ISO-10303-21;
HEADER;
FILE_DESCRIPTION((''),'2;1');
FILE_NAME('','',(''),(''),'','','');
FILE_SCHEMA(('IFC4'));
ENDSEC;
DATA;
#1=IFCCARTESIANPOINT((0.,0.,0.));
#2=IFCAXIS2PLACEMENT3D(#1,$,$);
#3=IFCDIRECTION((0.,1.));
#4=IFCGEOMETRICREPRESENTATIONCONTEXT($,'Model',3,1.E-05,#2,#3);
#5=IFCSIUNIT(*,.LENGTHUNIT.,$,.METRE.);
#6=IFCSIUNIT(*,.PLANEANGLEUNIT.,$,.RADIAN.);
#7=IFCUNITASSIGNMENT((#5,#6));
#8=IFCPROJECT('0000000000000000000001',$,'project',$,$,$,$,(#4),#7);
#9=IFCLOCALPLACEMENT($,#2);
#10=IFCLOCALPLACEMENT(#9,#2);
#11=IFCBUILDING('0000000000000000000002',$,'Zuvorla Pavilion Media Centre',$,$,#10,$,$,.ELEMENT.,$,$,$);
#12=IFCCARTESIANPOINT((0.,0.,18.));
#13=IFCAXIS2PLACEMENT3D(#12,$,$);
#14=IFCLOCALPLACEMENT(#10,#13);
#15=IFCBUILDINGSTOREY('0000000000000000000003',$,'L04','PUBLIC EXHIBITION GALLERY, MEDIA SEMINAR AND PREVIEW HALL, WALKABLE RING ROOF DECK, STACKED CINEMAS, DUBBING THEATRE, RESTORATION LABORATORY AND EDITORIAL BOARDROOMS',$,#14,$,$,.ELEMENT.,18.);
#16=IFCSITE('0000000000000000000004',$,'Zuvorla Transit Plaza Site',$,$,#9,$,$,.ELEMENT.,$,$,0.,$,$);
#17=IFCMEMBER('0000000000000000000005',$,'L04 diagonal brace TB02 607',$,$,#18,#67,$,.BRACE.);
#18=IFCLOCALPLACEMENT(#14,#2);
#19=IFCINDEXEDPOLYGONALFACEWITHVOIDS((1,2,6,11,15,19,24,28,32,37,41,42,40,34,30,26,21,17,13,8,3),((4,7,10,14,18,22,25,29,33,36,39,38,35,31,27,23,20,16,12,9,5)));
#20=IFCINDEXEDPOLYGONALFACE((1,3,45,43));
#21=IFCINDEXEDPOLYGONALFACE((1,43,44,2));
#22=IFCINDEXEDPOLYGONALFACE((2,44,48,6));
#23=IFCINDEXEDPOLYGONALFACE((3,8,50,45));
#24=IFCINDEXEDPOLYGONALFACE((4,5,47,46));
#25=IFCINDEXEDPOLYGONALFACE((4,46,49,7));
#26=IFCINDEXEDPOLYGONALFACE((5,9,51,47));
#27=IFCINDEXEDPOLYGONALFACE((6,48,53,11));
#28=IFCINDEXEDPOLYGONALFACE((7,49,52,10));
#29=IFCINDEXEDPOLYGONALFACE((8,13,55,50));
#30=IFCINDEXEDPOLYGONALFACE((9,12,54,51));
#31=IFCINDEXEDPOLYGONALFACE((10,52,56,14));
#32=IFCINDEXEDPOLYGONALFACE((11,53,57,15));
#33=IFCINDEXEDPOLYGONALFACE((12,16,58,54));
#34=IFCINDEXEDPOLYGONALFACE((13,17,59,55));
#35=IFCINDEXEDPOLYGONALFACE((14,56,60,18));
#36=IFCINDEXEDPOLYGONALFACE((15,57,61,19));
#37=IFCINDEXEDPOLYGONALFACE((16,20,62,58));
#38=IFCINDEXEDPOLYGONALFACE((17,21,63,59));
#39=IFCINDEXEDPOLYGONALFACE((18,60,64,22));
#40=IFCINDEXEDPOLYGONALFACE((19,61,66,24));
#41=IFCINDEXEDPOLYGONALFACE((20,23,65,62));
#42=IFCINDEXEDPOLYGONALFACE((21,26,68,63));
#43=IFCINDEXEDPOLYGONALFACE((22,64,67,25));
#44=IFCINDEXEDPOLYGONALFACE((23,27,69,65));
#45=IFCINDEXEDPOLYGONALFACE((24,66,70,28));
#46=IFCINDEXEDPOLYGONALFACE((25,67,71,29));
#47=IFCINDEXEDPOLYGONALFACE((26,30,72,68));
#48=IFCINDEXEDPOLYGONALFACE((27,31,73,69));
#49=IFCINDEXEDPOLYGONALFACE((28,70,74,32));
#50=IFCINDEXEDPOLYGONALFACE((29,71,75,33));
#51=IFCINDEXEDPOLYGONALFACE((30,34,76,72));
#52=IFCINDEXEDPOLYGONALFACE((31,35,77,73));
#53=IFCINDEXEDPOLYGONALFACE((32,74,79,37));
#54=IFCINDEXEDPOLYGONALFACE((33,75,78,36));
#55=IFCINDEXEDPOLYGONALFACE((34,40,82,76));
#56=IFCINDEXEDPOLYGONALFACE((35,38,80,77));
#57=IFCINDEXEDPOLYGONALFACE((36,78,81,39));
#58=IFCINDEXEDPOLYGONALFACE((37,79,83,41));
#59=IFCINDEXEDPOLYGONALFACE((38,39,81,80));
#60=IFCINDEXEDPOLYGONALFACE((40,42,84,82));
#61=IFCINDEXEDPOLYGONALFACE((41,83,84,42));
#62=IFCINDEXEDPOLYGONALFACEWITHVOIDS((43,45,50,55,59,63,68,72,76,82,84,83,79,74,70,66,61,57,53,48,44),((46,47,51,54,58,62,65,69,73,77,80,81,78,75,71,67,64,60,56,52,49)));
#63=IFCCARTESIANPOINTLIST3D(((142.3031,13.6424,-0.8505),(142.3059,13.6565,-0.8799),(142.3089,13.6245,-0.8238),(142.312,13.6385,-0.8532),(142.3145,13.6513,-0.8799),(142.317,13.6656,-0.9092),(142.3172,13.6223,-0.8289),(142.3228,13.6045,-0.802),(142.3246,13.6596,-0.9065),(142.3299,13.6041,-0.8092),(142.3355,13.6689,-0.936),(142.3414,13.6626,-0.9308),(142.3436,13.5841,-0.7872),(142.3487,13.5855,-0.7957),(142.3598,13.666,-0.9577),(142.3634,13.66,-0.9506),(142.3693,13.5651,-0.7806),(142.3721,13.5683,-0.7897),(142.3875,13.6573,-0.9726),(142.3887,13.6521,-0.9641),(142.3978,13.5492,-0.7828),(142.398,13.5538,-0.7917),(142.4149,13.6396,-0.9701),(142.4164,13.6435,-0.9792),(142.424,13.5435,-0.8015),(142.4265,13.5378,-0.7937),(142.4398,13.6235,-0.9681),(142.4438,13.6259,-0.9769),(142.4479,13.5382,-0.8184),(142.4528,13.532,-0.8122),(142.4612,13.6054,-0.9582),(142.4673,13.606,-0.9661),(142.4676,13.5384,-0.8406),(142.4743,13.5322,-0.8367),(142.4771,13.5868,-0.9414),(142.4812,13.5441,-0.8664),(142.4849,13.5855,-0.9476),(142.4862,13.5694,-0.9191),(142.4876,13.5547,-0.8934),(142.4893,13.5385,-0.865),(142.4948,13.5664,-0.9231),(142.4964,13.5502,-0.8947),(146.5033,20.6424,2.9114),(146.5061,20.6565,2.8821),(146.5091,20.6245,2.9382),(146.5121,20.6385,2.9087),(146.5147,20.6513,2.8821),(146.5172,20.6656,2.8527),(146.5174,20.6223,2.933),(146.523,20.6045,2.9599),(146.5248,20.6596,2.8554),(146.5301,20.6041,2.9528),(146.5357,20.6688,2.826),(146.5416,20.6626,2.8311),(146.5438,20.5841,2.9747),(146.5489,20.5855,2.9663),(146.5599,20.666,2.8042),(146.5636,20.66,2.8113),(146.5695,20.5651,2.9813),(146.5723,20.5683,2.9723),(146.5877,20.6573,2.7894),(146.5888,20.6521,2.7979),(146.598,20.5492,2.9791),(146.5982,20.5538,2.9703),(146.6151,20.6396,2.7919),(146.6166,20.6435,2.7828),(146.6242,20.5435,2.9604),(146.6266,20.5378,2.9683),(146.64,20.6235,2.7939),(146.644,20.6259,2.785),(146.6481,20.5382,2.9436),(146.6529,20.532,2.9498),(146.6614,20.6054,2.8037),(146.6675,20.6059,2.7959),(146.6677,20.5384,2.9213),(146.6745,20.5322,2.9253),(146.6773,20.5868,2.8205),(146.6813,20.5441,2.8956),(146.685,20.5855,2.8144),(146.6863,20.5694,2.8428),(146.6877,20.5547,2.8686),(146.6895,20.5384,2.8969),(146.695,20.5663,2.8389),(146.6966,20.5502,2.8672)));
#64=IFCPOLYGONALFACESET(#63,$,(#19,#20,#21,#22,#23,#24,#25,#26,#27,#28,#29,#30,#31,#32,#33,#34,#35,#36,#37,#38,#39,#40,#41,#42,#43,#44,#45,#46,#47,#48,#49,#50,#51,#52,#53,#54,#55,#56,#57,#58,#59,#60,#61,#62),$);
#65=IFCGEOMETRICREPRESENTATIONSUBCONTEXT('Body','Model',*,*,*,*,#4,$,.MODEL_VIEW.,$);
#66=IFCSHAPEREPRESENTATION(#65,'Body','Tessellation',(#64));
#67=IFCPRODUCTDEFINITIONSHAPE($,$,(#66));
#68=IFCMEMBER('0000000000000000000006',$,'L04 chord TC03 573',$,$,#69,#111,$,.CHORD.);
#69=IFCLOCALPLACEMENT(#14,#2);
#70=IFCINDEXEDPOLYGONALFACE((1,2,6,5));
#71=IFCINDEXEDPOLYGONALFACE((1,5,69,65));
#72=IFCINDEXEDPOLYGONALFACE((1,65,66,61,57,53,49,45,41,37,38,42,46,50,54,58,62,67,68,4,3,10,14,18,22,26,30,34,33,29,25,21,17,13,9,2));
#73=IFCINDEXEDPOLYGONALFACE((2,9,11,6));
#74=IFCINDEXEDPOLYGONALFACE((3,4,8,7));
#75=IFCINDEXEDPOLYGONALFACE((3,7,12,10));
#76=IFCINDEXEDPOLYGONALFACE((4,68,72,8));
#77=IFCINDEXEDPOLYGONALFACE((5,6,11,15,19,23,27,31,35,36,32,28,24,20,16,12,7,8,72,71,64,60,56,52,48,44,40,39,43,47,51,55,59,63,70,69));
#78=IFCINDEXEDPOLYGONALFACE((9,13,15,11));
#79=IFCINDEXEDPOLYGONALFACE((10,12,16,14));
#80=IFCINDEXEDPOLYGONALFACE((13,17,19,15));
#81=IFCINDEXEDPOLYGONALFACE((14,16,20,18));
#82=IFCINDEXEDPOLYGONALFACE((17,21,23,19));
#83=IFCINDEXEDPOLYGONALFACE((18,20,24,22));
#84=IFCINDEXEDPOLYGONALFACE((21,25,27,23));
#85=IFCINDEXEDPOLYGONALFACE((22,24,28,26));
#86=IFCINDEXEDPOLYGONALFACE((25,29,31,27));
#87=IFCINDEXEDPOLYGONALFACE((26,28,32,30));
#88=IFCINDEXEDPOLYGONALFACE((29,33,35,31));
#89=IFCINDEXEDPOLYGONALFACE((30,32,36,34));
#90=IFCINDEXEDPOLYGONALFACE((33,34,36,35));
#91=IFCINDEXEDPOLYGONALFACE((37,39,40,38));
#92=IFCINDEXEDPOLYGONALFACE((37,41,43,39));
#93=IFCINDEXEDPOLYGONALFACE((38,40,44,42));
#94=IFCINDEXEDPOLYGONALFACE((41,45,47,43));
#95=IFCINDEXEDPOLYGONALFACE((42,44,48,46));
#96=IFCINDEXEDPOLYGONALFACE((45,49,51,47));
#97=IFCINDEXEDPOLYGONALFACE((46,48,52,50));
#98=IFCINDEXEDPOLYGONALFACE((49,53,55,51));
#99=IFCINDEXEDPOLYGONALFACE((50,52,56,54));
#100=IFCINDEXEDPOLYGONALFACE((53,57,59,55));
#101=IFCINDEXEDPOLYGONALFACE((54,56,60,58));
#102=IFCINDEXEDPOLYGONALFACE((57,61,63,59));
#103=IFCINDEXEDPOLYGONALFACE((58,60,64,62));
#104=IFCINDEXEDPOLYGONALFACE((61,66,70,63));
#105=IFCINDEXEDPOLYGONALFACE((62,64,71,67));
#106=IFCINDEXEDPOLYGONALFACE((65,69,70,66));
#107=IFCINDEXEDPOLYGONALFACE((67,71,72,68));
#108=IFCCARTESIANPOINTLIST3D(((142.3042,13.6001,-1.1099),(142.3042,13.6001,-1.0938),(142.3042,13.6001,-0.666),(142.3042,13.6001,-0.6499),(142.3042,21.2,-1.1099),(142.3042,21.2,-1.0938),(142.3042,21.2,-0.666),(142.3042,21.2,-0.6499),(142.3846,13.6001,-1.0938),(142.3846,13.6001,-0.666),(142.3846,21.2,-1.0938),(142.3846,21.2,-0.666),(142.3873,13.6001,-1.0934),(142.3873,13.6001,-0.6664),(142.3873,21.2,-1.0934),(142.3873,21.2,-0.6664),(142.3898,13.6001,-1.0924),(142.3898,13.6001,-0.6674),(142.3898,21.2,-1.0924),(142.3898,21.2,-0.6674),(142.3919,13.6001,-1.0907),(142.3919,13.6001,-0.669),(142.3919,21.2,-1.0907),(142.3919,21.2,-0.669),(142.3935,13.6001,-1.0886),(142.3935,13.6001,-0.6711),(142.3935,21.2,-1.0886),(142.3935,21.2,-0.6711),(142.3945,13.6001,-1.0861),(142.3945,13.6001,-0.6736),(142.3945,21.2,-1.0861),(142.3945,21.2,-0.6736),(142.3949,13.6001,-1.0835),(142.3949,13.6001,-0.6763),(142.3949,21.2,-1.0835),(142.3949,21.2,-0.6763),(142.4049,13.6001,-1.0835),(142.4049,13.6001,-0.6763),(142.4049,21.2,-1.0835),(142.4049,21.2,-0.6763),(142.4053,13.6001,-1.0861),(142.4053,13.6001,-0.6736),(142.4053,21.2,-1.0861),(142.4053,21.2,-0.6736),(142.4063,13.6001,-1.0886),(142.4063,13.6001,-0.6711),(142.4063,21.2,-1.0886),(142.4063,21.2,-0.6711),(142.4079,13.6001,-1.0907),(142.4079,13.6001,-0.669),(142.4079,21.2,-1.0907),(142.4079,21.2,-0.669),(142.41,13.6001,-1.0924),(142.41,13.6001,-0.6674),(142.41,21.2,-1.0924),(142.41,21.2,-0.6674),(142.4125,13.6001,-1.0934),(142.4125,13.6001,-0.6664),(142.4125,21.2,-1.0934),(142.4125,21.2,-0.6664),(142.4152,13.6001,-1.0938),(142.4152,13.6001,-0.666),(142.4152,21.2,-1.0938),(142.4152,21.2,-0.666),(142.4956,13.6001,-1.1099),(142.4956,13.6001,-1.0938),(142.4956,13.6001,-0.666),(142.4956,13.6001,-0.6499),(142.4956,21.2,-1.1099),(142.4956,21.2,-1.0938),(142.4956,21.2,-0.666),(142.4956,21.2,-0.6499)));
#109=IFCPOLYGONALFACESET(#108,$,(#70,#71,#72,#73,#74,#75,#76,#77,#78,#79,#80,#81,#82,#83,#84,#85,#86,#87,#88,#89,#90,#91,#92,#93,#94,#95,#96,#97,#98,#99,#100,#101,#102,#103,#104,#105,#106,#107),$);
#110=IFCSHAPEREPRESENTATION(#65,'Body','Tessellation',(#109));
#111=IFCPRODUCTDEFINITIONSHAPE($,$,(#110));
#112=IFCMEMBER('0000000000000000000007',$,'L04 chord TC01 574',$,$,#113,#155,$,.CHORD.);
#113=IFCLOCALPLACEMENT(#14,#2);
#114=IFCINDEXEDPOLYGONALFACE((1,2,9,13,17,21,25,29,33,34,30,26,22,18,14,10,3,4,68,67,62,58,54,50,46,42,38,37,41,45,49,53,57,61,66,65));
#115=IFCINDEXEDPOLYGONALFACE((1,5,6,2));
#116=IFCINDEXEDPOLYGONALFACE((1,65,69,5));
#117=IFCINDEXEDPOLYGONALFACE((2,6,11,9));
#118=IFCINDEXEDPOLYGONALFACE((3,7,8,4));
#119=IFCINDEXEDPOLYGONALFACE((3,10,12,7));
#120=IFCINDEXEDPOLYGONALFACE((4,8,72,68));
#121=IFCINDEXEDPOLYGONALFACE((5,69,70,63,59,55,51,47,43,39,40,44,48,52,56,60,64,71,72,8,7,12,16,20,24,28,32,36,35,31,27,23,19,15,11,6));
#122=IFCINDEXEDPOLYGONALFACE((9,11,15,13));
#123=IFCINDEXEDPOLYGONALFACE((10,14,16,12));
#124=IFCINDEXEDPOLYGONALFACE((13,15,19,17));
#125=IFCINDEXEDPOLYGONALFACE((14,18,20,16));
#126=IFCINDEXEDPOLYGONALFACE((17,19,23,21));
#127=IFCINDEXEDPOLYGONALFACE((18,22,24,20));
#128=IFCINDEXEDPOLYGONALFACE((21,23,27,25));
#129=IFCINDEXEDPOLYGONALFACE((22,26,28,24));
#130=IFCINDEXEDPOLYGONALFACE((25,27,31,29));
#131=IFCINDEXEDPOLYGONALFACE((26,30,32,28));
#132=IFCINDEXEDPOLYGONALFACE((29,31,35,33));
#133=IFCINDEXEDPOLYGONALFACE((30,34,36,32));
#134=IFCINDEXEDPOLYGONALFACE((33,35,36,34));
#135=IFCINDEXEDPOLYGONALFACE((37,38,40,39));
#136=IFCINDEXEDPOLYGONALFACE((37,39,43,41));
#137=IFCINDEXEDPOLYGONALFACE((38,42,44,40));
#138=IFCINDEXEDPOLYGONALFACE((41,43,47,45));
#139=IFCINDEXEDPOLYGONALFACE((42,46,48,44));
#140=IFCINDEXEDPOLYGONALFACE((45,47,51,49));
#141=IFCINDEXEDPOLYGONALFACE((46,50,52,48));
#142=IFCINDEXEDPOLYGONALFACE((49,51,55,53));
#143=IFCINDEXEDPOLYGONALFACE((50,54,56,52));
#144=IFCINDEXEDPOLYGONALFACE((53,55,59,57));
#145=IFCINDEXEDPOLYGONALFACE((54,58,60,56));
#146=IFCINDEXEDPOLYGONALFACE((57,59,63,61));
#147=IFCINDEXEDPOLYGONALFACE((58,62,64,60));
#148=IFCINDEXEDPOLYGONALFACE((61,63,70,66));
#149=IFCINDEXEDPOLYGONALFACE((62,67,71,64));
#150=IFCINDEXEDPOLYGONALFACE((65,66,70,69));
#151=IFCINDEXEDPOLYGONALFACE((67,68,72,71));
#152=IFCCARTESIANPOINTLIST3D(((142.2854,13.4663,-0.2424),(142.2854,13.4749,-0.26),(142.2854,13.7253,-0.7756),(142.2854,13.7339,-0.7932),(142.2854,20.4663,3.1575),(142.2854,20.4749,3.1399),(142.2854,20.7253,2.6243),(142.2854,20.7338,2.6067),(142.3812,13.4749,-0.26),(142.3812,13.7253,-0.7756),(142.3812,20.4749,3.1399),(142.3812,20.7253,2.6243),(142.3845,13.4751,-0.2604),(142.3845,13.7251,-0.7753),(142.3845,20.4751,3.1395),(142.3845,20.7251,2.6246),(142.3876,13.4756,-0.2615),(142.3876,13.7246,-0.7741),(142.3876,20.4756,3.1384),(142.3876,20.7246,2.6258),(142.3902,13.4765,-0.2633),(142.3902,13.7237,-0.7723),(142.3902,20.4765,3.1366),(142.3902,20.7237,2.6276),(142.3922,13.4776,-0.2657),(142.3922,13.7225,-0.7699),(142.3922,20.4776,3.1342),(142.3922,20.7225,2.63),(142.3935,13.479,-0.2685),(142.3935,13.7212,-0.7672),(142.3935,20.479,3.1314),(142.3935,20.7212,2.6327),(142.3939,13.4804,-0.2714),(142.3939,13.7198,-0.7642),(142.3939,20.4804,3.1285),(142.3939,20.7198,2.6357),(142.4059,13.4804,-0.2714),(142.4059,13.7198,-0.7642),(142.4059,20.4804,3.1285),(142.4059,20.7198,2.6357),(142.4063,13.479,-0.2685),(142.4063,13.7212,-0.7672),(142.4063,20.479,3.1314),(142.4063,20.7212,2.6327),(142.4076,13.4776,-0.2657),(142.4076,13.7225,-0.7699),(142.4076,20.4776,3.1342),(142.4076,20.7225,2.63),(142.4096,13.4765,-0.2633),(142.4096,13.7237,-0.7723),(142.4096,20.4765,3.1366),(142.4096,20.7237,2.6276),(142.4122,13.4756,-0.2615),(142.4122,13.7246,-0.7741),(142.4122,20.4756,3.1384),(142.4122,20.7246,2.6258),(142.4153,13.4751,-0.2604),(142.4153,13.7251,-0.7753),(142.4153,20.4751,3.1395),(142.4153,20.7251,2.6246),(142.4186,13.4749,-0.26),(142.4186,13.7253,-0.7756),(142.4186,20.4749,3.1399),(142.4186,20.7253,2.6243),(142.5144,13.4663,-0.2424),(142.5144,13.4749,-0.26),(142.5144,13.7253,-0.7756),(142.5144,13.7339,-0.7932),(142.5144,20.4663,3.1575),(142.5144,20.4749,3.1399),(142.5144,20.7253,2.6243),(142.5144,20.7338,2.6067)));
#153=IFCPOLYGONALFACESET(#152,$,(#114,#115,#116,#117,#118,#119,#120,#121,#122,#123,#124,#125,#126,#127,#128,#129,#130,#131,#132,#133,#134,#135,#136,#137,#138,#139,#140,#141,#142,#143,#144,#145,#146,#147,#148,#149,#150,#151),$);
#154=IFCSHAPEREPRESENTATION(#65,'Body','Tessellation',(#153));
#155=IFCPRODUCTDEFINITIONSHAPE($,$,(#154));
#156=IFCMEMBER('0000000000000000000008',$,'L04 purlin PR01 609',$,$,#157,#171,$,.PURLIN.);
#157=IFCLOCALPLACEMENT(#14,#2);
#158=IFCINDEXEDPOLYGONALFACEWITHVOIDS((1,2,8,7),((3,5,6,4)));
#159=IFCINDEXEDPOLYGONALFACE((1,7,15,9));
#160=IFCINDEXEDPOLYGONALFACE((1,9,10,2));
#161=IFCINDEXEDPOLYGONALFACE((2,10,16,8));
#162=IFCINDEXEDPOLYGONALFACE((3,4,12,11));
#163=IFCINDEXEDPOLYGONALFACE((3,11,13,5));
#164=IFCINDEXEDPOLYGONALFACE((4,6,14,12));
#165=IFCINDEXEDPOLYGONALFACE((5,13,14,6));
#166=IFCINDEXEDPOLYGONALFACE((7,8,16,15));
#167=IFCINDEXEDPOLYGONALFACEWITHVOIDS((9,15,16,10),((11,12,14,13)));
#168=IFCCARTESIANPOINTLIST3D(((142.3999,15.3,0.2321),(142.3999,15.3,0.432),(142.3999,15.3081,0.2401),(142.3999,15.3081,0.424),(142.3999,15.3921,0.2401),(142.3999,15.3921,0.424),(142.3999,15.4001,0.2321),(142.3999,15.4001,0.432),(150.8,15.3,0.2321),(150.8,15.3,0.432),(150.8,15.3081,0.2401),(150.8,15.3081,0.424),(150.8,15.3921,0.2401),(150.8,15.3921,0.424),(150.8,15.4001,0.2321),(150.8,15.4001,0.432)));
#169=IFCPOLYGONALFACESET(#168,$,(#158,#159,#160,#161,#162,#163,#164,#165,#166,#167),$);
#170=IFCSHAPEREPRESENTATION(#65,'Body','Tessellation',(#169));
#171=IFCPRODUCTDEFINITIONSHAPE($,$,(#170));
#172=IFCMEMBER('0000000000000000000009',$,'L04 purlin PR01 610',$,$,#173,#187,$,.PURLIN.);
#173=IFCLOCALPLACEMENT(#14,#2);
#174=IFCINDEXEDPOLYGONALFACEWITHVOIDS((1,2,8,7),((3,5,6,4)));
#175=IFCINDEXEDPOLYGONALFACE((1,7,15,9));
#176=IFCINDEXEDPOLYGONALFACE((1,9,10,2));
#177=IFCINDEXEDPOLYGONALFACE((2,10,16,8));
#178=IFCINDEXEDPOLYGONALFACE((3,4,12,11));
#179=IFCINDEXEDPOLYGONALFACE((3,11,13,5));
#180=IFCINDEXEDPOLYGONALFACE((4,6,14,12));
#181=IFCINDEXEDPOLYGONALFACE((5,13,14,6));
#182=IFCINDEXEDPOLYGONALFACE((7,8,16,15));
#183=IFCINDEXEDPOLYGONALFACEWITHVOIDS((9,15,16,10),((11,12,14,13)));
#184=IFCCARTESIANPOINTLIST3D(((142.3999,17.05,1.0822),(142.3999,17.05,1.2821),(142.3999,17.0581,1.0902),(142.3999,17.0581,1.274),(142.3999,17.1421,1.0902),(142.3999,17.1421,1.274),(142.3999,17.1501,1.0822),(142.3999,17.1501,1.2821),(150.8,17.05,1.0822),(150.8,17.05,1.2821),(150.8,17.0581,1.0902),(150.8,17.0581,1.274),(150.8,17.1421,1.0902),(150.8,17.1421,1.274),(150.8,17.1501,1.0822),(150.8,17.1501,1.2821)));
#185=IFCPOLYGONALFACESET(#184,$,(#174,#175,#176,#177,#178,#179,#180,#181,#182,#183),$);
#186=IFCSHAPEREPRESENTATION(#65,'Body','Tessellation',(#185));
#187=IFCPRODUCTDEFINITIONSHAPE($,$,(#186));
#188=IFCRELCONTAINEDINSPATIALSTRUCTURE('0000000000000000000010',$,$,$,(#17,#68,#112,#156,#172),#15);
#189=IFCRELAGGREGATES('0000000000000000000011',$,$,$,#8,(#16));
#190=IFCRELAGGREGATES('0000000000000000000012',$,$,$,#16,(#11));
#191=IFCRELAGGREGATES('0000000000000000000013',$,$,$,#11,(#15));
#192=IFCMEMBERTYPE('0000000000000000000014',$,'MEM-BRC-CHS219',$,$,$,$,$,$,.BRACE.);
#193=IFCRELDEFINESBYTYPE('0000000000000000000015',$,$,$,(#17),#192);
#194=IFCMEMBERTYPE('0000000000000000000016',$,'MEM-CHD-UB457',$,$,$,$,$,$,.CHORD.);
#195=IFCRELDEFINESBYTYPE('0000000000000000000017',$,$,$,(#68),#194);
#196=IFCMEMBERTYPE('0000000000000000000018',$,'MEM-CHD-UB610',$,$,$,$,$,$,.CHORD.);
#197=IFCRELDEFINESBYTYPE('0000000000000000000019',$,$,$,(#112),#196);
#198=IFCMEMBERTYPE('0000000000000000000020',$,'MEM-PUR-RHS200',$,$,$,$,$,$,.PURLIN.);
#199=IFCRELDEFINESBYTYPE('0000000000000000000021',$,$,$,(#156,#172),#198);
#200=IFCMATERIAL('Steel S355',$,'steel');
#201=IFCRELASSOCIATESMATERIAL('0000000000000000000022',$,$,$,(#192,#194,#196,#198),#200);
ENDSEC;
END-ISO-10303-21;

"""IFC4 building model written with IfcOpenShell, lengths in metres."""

from ifc_helpers import new_model, si_unit, direction, frame, origin, origin_2d, place, context, subcontext, project, spatial, hollow_rectangle, hollow_circle, i_section, extrude, material, material_profile, profile_set, type_object, element, save


model = new_model("IFC4")

# Units and contexts
model_context = context("Model", 3, precision=1e-05, world=origin(), true_north=direction((0.0, 1.0)))
body_context = subcontext(model_context, "Body", "Model", "MODEL_VIEW")
ifc_project = project(units=[si_unit("LENGTHUNIT", "METRE"), si_unit("PLANEANGLEUNIT", "RADIAN")], contexts=[model_context])

# Site, building, storey
site_placement = place(None, origin())
site = spatial("IfcSite", under=ifc_project, at=site_placement, Name="Zuvorla Transit Plaza Site", CompositionType="ELEMENT", RefElevation=0.0)
building_placement = place(site_placement, origin())
building = spatial("IfcBuilding", under=site, at=building_placement, Name="Zuvorla Pavilion Media Centre", CompositionType="ELEMENT")
storey_placement = place(building_placement, frame((0.0, 0.0, 18.0)))
storey = spatial("IfcBuildingStorey", under=building, at=storey_placement, Name="L04", Description="PUBLIC EXHIBITION GALLERY, MEDIA SEMINAR AND PREVIEW HALL, WALKABLE RING ROOF DECK, STACKED CINEMAS, DUBBING THEATRE, RESTORATION LABORATORY AND EDITORIAL BOARDROOMS", CompositionType="ELEMENT", Elevation=18.0)

# Members
ifc_material_1 = material(Name="Steel S355", Category="steel")
ifc_material_profile_1 = material_profile(ifc_material_1, hollow_circle(Radius=0.1096, WallThickness=0.01, at=origin_2d()), Name="CHS 219.1x10")
ifc_profile_set_1 = profile_set([ifc_material_profile_1], Name="Steel S355")
member_type_1 = type_object("IfcMemberType", Name="MEM-BRC-CHS219", PredefinedType="BRACE", material=ifc_profile_set_1)
member_1_placement = place(storey_placement, frame((142.3999, 13.6001, -0.8799), z_axis=(0.467283, 0.778769, 0.418528), x_axis=(-0.857482, 0.514513, 0.0)))
element("IfcMember", 1, at=member_1_placement, inside=storey, type_object=member_type_1, Name="L04 diagonal brace TB02 607", PredefinedType="BRACE", context=body_context, shape_type="SweptSolid", body=[
    extrude(hollow_circle(Radius=0.1096, WallThickness=0.01, at=origin_2d()), origin(), (0.0, 0.0, 1.0), 8.9885),
])
ifc_material_profile_2 = material_profile(ifc_material_1, i_section(OverallWidth=0.1914, OverallDepth=0.46, WebThickness=0.01, FlangeThickness=0.0161, FilletRadius=0.0103, at=origin_2d()), Name="UB 457x191x82")
ifc_profile_set_2 = profile_set([ifc_material_profile_2], Name="Steel S355")
member_type_2 = type_object("IfcMemberType", Name="MEM-CHD-UB457", PredefinedType="CHORD", material=ifc_profile_set_2)
member_2_placement = place(storey_placement, frame((142.3999, 13.6001, -0.8799), z_axis=(0.0, 1.0, 0.0), x_axis=(-1.0, 0.0, 0.0)))
element("IfcMember", 2, at=member_2_placement, inside=storey, type_object=member_type_2, Name="L04 chord TC03 573", PredefinedType="CHORD", context=body_context, shape_type="SweptSolid", body=[
    extrude(i_section(OverallWidth=0.1914, OverallDepth=0.46, WebThickness=0.01, FlangeThickness=0.0161, FilletRadius=0.0103, at=origin_2d()), origin(), (0.0, 0.0, 1.0), 7.5999),
])
ifc_material_profile_3 = material_profile(ifc_material_1, i_section(OverallWidth=0.229, OverallDepth=0.6123, WebThickness=0.012, FlangeThickness=0.0195, FilletRadius=0.0127, at=origin_2d()), Name="UB 610x229x125")
ifc_profile_set_3 = profile_set([ifc_material_profile_3], Name="Steel S355")
member_type_3 = type_object("IfcMemberType", Name="MEM-CHD-UB610", PredefinedType="CHORD", material=ifc_profile_set_3)
member_3_placement = place(storey_placement, frame((142.3999, 13.6001, -0.5178), z_axis=(0.0, 0.899513, 0.436894), x_axis=(-1.0, 0.0, 0.0)))
element("IfcMember", 3, at=member_3_placement, inside=storey, type_object=member_type_3, Name="L04 chord TC01 574", PredefinedType="CHORD", context=body_context, shape_type="SweptSolid", body=[
    extrude(i_section(OverallWidth=0.229, OverallDepth=0.6123, WebThickness=0.012, FlangeThickness=0.0195, FilletRadius=0.0127, at=origin_2d()), origin(), (0.0, 0.0, 1.0), 7.782),
])
ifc_material_profile_4 = material_profile(ifc_material_1, hollow_rectangle(XDim=0.1001, YDim=0.2, WallThickness=0.0081, at=origin_2d()), Name="RHS 200x100x8")
ifc_profile_set_4 = profile_set([ifc_material_profile_4], Name="Steel S355")
member_type_4 = type_object("IfcMemberType", Name="MEM-PUR-RHS200", PredefinedType="PURLIN", material=ifc_profile_set_4)
for number, where, z_axis, x_axis, name in (
    (4, (142.3999, 15.3501, 0.332), (1.0, 0.0, 0.0), (0.0, 1.0, 0.0), "L04 purlin PR01 609"),
    (5, (142.3999, 17.1001, 1.1821), (1.0, 0.0, 0.0), (0.0, 1.0, 0.0), "L04 purlin PR01 610"),
):
    element("IfcMember", number, at=place(storey_placement, frame(where, z_axis=z_axis, x_axis=x_axis)), inside=storey, type_object=member_type_4, Name=name, PredefinedType="PURLIN", context=body_context, shape_type="SweptSolid", body=[
        extrude(hollow_rectangle(XDim=0.1001, YDim=0.2, WallThickness=0.0081, at=origin_2d()), origin(), (0.0, 0.0, 1.0), 8.4001),
    ])

save(model, "model.ifc")
